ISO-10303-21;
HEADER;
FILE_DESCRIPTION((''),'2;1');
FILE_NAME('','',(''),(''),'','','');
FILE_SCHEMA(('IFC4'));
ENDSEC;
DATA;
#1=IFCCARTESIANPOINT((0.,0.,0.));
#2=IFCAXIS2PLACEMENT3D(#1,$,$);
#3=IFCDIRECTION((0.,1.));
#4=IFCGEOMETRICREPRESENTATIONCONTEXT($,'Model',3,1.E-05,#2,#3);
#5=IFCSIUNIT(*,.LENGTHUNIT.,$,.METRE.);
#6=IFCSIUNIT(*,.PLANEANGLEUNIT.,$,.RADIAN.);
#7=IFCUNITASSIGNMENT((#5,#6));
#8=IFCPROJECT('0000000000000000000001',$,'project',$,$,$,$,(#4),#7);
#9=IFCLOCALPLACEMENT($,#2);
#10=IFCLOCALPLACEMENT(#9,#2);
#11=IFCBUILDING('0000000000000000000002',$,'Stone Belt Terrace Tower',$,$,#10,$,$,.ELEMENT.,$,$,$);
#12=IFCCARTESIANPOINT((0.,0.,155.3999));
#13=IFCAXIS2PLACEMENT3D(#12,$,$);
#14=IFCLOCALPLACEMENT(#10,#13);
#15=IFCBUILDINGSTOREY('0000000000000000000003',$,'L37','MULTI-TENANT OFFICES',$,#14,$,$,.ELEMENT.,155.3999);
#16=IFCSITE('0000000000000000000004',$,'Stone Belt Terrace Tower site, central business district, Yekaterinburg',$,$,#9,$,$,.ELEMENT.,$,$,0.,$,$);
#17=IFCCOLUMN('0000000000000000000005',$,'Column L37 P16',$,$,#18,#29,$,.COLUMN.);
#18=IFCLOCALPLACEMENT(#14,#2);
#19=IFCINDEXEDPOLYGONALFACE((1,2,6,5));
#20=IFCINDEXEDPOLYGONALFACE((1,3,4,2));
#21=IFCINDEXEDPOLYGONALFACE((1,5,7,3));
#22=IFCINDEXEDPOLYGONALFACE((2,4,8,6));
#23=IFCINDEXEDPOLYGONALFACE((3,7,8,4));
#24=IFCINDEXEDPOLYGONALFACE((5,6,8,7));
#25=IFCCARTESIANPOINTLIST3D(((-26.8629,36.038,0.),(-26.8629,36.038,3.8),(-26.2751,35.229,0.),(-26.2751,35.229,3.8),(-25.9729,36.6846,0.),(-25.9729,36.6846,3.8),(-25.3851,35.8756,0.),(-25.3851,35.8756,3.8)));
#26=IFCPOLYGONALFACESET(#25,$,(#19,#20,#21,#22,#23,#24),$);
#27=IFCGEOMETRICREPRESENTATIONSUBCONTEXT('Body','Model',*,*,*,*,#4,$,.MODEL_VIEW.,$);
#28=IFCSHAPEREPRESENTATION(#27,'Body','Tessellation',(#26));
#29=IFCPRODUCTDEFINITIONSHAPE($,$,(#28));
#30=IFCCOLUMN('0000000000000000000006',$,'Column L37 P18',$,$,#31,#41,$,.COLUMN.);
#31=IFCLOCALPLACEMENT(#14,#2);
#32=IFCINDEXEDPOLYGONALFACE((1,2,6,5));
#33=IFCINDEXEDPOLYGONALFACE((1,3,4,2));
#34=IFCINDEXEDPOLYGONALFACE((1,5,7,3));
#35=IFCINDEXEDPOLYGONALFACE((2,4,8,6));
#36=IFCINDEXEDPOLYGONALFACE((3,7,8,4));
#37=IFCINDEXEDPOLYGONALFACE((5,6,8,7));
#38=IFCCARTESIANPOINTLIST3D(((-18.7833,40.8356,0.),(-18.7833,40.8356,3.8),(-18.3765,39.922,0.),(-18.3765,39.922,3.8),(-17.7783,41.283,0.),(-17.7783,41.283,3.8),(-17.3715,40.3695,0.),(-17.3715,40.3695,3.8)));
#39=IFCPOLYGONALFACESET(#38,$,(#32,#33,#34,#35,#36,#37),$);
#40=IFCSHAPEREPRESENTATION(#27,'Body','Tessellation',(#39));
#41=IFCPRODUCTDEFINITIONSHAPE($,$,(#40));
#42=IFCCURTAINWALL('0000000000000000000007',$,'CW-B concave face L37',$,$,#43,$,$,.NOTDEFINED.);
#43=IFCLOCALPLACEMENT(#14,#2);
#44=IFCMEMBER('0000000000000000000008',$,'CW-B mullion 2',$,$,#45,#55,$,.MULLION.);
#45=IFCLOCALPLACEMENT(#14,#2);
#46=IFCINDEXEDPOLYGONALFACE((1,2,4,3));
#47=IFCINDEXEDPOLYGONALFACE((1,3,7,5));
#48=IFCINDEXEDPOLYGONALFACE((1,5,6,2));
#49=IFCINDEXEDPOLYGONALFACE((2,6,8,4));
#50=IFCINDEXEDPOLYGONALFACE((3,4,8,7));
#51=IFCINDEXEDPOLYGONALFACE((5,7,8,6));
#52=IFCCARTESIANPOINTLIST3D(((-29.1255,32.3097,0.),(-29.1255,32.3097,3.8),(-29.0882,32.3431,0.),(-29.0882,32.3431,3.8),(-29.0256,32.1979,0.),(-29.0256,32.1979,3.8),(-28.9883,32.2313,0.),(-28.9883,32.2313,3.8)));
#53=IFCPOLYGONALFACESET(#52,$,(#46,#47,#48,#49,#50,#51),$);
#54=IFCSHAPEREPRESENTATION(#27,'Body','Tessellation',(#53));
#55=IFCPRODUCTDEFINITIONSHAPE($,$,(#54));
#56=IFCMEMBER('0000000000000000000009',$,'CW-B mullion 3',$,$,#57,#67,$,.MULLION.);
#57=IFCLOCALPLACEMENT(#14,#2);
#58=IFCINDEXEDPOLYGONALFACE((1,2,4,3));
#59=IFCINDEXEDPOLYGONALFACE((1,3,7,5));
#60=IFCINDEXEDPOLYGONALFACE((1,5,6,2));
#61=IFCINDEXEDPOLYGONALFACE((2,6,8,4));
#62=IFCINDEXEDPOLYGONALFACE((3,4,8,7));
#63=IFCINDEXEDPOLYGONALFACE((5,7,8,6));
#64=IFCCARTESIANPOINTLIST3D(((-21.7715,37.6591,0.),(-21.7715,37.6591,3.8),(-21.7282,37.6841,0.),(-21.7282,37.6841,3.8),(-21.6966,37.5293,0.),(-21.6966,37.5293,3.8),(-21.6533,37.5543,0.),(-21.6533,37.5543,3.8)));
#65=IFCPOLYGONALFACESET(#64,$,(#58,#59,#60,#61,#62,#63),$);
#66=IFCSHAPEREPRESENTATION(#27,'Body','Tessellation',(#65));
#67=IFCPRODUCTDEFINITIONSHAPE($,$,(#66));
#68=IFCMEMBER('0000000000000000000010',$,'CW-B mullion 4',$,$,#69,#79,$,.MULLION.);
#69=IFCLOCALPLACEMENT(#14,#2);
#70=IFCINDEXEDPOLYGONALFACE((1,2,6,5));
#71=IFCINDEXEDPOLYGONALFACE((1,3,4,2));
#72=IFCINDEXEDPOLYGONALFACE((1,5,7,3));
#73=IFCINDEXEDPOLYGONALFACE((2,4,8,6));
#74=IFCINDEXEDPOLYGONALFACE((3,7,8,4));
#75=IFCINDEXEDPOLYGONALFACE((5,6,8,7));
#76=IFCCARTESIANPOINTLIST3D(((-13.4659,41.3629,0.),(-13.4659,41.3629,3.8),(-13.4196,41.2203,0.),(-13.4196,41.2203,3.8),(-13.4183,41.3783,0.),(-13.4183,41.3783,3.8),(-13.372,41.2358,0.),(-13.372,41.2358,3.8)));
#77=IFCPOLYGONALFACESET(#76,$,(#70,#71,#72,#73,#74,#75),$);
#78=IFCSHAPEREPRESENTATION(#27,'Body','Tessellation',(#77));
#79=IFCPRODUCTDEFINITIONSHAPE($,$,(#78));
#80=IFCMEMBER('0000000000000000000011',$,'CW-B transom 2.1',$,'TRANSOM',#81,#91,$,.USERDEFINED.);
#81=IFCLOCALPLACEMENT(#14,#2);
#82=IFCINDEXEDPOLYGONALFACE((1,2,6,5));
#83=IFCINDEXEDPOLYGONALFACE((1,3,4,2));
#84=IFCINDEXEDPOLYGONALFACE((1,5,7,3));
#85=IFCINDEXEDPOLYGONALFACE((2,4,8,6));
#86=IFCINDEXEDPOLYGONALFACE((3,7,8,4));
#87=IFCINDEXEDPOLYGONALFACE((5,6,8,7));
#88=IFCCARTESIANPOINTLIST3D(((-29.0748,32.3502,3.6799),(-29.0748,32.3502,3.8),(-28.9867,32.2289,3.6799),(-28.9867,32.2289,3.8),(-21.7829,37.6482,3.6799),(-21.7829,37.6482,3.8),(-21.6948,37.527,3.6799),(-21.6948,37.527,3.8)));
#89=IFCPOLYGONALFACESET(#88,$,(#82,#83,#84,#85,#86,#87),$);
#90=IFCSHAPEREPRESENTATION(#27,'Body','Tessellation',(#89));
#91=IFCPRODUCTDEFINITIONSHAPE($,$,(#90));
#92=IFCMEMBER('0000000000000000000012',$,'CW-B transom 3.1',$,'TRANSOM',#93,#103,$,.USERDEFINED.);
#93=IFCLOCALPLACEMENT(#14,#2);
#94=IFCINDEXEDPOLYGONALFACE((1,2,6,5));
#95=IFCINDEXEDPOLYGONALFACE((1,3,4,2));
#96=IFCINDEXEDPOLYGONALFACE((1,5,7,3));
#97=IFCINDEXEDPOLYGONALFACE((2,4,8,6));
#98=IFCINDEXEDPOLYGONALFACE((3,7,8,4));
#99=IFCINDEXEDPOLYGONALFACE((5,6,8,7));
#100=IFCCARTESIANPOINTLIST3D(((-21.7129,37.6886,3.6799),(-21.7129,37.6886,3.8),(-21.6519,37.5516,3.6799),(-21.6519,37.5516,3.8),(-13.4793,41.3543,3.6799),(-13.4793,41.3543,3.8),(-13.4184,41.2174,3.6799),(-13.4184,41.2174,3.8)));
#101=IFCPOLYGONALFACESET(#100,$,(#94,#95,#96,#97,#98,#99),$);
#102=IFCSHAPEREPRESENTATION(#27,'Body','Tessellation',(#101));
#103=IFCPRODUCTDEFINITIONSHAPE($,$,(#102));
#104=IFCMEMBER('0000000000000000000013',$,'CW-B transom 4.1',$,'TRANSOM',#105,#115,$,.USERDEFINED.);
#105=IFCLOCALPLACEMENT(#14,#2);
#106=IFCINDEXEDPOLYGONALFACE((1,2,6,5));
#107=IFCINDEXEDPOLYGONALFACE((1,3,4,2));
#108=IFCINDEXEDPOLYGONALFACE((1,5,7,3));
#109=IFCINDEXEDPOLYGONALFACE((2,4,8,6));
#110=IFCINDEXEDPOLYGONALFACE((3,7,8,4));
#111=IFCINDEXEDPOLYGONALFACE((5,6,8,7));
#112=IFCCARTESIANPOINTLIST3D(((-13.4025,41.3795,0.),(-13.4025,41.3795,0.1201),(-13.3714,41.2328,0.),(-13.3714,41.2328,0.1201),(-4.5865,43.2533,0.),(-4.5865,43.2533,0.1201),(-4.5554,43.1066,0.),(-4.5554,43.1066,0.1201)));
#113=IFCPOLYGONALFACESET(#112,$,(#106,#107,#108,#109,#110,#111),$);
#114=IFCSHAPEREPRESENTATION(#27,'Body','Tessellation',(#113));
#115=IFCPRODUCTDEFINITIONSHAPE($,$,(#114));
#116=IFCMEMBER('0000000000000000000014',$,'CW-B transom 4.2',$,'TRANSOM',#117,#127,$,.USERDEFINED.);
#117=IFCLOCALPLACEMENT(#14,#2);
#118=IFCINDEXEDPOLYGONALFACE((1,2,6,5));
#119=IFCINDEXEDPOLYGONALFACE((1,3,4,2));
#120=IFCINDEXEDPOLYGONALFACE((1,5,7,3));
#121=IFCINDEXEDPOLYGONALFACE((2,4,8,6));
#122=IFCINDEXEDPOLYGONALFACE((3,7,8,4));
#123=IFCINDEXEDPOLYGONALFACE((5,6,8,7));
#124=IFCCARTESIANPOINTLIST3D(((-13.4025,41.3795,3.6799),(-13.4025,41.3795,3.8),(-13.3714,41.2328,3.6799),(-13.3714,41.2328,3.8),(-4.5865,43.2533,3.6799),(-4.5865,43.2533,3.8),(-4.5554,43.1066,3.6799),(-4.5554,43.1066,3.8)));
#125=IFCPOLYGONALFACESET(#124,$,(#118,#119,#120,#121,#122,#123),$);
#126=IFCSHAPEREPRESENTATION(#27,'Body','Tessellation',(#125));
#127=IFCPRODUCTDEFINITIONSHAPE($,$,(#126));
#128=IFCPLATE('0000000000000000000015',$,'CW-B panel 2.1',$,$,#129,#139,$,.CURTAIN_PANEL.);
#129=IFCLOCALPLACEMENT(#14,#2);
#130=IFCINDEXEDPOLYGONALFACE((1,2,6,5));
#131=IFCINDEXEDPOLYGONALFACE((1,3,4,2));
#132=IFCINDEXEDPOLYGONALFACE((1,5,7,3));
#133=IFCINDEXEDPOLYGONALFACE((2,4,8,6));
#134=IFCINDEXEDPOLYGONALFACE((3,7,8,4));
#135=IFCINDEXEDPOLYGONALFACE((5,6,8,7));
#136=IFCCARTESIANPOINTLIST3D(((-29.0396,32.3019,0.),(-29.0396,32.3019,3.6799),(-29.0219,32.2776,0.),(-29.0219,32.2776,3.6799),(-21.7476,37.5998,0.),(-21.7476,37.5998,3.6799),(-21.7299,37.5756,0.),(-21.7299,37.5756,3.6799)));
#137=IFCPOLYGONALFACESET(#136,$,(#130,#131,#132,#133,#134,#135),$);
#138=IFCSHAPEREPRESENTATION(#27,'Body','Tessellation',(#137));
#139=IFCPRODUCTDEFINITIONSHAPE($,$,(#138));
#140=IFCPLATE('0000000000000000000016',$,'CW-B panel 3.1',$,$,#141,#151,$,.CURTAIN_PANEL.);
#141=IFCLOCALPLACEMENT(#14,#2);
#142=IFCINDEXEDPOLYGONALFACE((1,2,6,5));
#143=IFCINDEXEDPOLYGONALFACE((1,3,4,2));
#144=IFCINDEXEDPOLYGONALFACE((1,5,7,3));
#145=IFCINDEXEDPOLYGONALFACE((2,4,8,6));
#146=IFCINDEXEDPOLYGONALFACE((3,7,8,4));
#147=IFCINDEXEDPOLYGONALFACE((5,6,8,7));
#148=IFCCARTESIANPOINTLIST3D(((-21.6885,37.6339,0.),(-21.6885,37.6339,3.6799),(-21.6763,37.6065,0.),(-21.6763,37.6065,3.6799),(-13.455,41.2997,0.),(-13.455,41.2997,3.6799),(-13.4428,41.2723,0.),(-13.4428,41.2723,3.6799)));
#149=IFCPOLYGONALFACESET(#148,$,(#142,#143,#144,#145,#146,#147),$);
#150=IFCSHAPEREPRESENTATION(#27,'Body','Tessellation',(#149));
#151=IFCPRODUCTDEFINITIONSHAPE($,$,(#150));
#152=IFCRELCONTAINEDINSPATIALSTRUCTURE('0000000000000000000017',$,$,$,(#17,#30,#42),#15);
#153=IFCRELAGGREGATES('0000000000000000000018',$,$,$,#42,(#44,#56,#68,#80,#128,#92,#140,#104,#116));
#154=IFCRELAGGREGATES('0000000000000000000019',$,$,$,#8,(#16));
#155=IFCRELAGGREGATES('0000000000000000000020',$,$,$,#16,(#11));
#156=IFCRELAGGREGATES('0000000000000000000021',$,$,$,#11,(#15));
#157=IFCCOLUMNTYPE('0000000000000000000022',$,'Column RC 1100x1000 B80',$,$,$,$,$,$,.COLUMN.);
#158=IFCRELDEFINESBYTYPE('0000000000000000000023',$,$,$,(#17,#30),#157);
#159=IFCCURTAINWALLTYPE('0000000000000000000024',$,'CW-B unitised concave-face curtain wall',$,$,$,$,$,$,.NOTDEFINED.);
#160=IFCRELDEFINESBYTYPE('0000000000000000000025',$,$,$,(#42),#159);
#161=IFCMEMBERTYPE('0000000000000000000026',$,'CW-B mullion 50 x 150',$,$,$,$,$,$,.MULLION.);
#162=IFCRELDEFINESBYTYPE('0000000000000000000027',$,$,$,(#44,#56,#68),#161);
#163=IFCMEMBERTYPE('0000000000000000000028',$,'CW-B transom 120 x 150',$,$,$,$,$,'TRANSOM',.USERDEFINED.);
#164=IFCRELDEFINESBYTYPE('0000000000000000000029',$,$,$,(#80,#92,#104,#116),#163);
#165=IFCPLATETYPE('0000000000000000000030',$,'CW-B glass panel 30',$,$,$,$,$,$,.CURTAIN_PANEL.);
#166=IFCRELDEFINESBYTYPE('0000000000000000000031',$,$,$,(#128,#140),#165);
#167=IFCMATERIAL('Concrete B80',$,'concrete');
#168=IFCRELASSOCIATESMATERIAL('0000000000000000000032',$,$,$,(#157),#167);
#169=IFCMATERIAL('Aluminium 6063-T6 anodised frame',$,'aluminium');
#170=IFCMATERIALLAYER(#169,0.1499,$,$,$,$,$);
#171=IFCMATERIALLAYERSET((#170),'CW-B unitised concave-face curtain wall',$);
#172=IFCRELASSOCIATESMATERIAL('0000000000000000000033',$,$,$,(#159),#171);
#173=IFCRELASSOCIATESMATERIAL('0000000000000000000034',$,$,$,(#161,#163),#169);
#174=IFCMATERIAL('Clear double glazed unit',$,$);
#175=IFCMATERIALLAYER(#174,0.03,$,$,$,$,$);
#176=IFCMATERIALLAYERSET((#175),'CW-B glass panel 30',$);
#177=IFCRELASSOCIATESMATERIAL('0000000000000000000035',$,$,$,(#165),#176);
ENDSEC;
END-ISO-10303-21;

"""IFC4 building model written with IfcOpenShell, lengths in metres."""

from ifc_helpers import new_model, si_unit, direction, frame, origin, origin_2d, place, context, subcontext, project, spatial, rectangle, extrude, material, layer, layer_set, material_profile, profile_set, type_object, element, aggregate, save


model = new_model("IFC4")

# Units and contexts
model_context = context("Model", 3, precision=1e-05, world=origin(), true_north=direction((0.0, 1.0)))
body_context = subcontext(model_context, "Body", "Model", "MODEL_VIEW")
ifc_project = project(units=[si_unit("LENGTHUNIT", "METRE"), si_unit("PLANEANGLEUNIT", "RADIAN")], contexts=[model_context])

# Site, building, storey
site_placement = place(None, origin())
site = spatial("IfcSite", under=ifc_project, at=site_placement, Name="Stone Belt Terrace Tower site, central business district, Yekaterinburg", CompositionType="ELEMENT", RefElevation=0.0)
building_placement = place(site_placement, origin())
building = spatial("IfcBuilding", under=site, at=building_placement, Name="Stone Belt Terrace Tower", CompositionType="ELEMENT")
storey_placement = place(building_placement, frame((0.0, 0.0, 155.3999)))
storey = spatial("IfcBuildingStorey", under=building, at=storey_placement, Name="L37", Description="MULTI-TENANT OFFICES", CompositionType="ELEMENT", Elevation=155.3999)

# Columns
ifc_material_1 = material(Name="Concrete B80", Category="concrete")
ifc_material_profile_1 = material_profile(ifc_material_1, rectangle(XDim=1.1001, YDim=1.0, at=origin_2d()), Name="RC 1100x1000")
ifc_profile_set_1 = profile_set([ifc_material_profile_1], Name="Concrete B80")
column_type = type_object("IfcColumnType", Name="Column RC 1100x1000 B80", PredefinedType="COLUMN", material=ifc_profile_set_1)
for number, where, z_axis, x_axis, name in (
    (1, (-26.124, 35.9568, 0.0), (0.0, 0.0, 1.0), (0.809017, 0.587785, 0.0), "Column L37 P16"),
    (2, (-18.0774, 40.6025, 0.0), (0.0, 0.0, 1.0), (0.913545, 0.406737, 0.0), "Column L37 P18"),
):
    element("IfcColumn", number, at=place(storey_placement, frame(where, z_axis=z_axis, x_axis=x_axis)), inside=storey, type_object=column_type, Name=name, PredefinedType="COLUMN", context=body_context, shape_type="SweptSolid", body=[
        extrude(rectangle(XDim=1.1001, YDim=1.0, at=origin_2d()), origin(), (0.0, 0.0, 1.0), 3.8),
    ])

# Curtain wall, members, plates
ifc_material_2 = material(Name="Aluminium 6063-T6 anodised frame", Category="aluminium")
ifc_layer_1 = layer(ifc_material_2, 0.1499)
ifc_layer_set_1 = layer_set([ifc_layer_1], Name="CW-B unitised concave-face curtain wall")
curtain_wall_type = type_object("IfcCurtainWallType", Name="CW-B unitised concave-face curtain wall", PredefinedType="NOTDEFINED", material=ifc_layer_set_1)
curtain_wall_placement = place(storey_placement, origin())
curtain_wall = element("IfcCurtainWall", 3, at=curtain_wall_placement, inside=storey, type_object=curtain_wall_type, Name="CW-B concave face L37", PredefinedType="NOTDEFINED")
ifc_material_profile_2 = material_profile(ifc_material_2, rectangle(XDim=0.1499, YDim=0.05, at=origin_2d()), Name="Aluminium 6063-T6 50x150")
ifc_profile_set_2 = profile_set([ifc_material_profile_2], Name="Aluminium 6063-T6 anodised frame")
member_type_1 = type_object("IfcMemberType", Name="CW-B mullion 50 x 150", PredefinedType="MULLION", material=ifc_profile_set_2)
member_1_placement = place(storey_placement, frame((-29.0569, 32.2705, 0.0), z_axis=(0.0, 0.0, 1.0), x_axis=(-0.666301, 0.745683, 0.0)))
member_1 = element("IfcMember", 4, at=member_1_placement, type_object=member_type_1, Name="CW-B mullion 2", PredefinedType="MULLION", context=body_context, shape_type="SweptSolid", body=[
    extrude(rectangle(XDim=0.1499, YDim=0.05, at=origin_2d()), origin(), (0.0, 0.0, 1.0), 3.8),
])
member_2_placement = place(storey_placement, frame((-21.7124, 37.6067, 0.0), z_axis=(0.0, 0.0, 1.0), x_axis=(-0.5, 0.866025, 0.0)))
member_2 = element("IfcMember", 5, at=member_2_placement, type_object=member_type_1, Name="CW-B mullion 3", PredefinedType="MULLION", context=body_context, shape_type="SweptSolid", body=[
    extrude(rectangle(XDim=0.1499, YDim=0.05, at=origin_2d()), origin(), (0.0, 0.0, 1.0), 3.8),
])
member_3_placement = place(storey_placement, frame((-13.4189, 41.2993, 0.0), z_axis=(0.0, 0.0, 1.0), x_axis=(-0.309017, 0.951057, 0.0)))
member_3 = element("IfcMember", 6, at=member_3_placement, type_object=member_type_1, Name="CW-B mullion 4", PredefinedType="MULLION", context=body_context, shape_type="SweptSolid", body=[
    extrude(rectangle(XDim=0.1499, YDim=0.05, at=origin_2d()), origin(), (0.0, 0.0, 1.0), 3.8),
])
ifc_material_profile_3 = material_profile(ifc_material_2, rectangle(XDim=0.1499, YDim=0.1201, at=origin_2d()), Name="Aluminium 6063-T6 150x120")
ifc_profile_set_3 = profile_set([ifc_material_profile_3], Name="Aluminium 6063-T6 anodised frame")
member_type_2 = type_object("IfcMemberType", Name="CW-B transom 120 x 150", ElementType="TRANSOM", PredefinedType="USERDEFINED", material=ifc_profile_set_3)
member_4_placement = place(storey_placement, frame((-29.0308, 32.2896, 3.74), z_axis=(0.809009, 0.587796, 0.0), x_axis=(-0.587796, 0.809009, 0.0)))
member_4 = element("IfcMember", 7, at=member_4_placement, type_object=member_type_2, Name="CW-B transom 2.1", ObjectType="TRANSOM", PredefinedType="USERDEFINED", context=body_context, shape_type="SweptSolid", body=[
    extrude(rectangle(XDim=0.1499, YDim=0.1201, at=origin_2d()), origin(), (0.0, 0.0, 1.0), 9.0134),
])
member_5_placement = place(storey_placement, frame((-21.6824, 37.6201, 3.74), z_axis=(0.913549, 0.406729, 0.0), x_axis=(-0.406729, 0.913549, 0.0)))
member_5 = element("IfcMember", 8, at=member_5_placement, type_object=member_type_2, Name="CW-B transom 3.1", ObjectType="TRANSOM", PredefinedType="USERDEFINED", context=body_context, shape_type="SweptSolid", body=[
    extrude(rectangle(XDim=0.1499, YDim=0.1201, at=origin_2d()), origin(), (0.0, 0.0, 1.0), 9.0127),
])
member_6_placement = place(storey_placement, frame((-13.387, 41.3062, 0.0601), z_axis=(0.97815, 0.207901, 0.0), x_axis=(-0.207901, 0.97815, 0.0)))
member_6 = element("IfcMember", 9, at=member_6_placement, type_object=member_type_2, Name="CW-B transom 4.1", ObjectType="TRANSOM", PredefinedType="USERDEFINED", context=body_context, shape_type="SweptSolid", body=[
    extrude(rectangle(XDim=0.1499, YDim=0.1201, at=origin_2d()), origin(), (0.0, 0.0, 1.0), 9.0129),
])
member_7_placement = place(storey_placement, frame((-13.387, 41.3062, 3.74), z_axis=(0.97815, 0.207901, 0.0), x_axis=(-0.207901, 0.97815, 0.0)))
member_7 = element("IfcMember", 10, at=member_7_placement, type_object=member_type_2, Name="CW-B transom 4.2", ObjectType="TRANSOM", PredefinedType="USERDEFINED", context=body_context, shape_type="SweptSolid", body=[
    extrude(rectangle(XDim=0.1499, YDim=0.1201, at=origin_2d()), origin(), (0.0, 0.0, 1.0), 9.0129),
])
ifc_material_3 = material(Name="Clear double glazed unit")
ifc_layer_2 = layer(ifc_material_3, 0.03)
ifc_layer_set_2 = layer_set([ifc_layer_2], Name="CW-B glass panel 30")
plate_type = type_object("IfcPlateType", Name="CW-B glass panel 30", PredefinedType="CURTAIN_PANEL", material=ifc_layer_set_2)
plate_1_placement = place(storey_placement, frame((-25.3848, 34.9387, 0.0), z_axis=(0.0, 0.0, 1.0), x_axis=(0.809017, 0.587785, 0.0)))
plate_1 = element("IfcPlate", 11, at=plate_1_placement, type_object=plate_type, Name="CW-B panel 2.1", PredefinedType="CURTAIN_PANEL", context=body_context, shape_type="SweptSolid", body=[
    extrude(rectangle(XDim=9.0134, YDim=0.03, at=origin_2d()), origin(), (0.0, 0.0, 1.0), 3.6799),
])
plate_2_placement = place(storey_placement, frame((-17.5657, 39.4531, 0.0), z_axis=(0.0, 0.0, 1.0), x_axis=(0.913545, 0.406737, 0.0)))
plate_2 = element("IfcPlate", 12, at=plate_2_placement, type_object=plate_type, Name="CW-B panel 3.1", PredefinedType="CURTAIN_PANEL", context=body_context, shape_type="SweptSolid", body=[
    extrude(rectangle(XDim=9.0127, YDim=0.03, at=origin_2d()), origin(), (0.0, 0.0, 1.0), 3.6799),
])
aggregate(curtain_wall, [member_1, member_2, member_3, member_4, plate_1, member_5, plate_2, member_6, member_7])

save(model, "model.ifc")
